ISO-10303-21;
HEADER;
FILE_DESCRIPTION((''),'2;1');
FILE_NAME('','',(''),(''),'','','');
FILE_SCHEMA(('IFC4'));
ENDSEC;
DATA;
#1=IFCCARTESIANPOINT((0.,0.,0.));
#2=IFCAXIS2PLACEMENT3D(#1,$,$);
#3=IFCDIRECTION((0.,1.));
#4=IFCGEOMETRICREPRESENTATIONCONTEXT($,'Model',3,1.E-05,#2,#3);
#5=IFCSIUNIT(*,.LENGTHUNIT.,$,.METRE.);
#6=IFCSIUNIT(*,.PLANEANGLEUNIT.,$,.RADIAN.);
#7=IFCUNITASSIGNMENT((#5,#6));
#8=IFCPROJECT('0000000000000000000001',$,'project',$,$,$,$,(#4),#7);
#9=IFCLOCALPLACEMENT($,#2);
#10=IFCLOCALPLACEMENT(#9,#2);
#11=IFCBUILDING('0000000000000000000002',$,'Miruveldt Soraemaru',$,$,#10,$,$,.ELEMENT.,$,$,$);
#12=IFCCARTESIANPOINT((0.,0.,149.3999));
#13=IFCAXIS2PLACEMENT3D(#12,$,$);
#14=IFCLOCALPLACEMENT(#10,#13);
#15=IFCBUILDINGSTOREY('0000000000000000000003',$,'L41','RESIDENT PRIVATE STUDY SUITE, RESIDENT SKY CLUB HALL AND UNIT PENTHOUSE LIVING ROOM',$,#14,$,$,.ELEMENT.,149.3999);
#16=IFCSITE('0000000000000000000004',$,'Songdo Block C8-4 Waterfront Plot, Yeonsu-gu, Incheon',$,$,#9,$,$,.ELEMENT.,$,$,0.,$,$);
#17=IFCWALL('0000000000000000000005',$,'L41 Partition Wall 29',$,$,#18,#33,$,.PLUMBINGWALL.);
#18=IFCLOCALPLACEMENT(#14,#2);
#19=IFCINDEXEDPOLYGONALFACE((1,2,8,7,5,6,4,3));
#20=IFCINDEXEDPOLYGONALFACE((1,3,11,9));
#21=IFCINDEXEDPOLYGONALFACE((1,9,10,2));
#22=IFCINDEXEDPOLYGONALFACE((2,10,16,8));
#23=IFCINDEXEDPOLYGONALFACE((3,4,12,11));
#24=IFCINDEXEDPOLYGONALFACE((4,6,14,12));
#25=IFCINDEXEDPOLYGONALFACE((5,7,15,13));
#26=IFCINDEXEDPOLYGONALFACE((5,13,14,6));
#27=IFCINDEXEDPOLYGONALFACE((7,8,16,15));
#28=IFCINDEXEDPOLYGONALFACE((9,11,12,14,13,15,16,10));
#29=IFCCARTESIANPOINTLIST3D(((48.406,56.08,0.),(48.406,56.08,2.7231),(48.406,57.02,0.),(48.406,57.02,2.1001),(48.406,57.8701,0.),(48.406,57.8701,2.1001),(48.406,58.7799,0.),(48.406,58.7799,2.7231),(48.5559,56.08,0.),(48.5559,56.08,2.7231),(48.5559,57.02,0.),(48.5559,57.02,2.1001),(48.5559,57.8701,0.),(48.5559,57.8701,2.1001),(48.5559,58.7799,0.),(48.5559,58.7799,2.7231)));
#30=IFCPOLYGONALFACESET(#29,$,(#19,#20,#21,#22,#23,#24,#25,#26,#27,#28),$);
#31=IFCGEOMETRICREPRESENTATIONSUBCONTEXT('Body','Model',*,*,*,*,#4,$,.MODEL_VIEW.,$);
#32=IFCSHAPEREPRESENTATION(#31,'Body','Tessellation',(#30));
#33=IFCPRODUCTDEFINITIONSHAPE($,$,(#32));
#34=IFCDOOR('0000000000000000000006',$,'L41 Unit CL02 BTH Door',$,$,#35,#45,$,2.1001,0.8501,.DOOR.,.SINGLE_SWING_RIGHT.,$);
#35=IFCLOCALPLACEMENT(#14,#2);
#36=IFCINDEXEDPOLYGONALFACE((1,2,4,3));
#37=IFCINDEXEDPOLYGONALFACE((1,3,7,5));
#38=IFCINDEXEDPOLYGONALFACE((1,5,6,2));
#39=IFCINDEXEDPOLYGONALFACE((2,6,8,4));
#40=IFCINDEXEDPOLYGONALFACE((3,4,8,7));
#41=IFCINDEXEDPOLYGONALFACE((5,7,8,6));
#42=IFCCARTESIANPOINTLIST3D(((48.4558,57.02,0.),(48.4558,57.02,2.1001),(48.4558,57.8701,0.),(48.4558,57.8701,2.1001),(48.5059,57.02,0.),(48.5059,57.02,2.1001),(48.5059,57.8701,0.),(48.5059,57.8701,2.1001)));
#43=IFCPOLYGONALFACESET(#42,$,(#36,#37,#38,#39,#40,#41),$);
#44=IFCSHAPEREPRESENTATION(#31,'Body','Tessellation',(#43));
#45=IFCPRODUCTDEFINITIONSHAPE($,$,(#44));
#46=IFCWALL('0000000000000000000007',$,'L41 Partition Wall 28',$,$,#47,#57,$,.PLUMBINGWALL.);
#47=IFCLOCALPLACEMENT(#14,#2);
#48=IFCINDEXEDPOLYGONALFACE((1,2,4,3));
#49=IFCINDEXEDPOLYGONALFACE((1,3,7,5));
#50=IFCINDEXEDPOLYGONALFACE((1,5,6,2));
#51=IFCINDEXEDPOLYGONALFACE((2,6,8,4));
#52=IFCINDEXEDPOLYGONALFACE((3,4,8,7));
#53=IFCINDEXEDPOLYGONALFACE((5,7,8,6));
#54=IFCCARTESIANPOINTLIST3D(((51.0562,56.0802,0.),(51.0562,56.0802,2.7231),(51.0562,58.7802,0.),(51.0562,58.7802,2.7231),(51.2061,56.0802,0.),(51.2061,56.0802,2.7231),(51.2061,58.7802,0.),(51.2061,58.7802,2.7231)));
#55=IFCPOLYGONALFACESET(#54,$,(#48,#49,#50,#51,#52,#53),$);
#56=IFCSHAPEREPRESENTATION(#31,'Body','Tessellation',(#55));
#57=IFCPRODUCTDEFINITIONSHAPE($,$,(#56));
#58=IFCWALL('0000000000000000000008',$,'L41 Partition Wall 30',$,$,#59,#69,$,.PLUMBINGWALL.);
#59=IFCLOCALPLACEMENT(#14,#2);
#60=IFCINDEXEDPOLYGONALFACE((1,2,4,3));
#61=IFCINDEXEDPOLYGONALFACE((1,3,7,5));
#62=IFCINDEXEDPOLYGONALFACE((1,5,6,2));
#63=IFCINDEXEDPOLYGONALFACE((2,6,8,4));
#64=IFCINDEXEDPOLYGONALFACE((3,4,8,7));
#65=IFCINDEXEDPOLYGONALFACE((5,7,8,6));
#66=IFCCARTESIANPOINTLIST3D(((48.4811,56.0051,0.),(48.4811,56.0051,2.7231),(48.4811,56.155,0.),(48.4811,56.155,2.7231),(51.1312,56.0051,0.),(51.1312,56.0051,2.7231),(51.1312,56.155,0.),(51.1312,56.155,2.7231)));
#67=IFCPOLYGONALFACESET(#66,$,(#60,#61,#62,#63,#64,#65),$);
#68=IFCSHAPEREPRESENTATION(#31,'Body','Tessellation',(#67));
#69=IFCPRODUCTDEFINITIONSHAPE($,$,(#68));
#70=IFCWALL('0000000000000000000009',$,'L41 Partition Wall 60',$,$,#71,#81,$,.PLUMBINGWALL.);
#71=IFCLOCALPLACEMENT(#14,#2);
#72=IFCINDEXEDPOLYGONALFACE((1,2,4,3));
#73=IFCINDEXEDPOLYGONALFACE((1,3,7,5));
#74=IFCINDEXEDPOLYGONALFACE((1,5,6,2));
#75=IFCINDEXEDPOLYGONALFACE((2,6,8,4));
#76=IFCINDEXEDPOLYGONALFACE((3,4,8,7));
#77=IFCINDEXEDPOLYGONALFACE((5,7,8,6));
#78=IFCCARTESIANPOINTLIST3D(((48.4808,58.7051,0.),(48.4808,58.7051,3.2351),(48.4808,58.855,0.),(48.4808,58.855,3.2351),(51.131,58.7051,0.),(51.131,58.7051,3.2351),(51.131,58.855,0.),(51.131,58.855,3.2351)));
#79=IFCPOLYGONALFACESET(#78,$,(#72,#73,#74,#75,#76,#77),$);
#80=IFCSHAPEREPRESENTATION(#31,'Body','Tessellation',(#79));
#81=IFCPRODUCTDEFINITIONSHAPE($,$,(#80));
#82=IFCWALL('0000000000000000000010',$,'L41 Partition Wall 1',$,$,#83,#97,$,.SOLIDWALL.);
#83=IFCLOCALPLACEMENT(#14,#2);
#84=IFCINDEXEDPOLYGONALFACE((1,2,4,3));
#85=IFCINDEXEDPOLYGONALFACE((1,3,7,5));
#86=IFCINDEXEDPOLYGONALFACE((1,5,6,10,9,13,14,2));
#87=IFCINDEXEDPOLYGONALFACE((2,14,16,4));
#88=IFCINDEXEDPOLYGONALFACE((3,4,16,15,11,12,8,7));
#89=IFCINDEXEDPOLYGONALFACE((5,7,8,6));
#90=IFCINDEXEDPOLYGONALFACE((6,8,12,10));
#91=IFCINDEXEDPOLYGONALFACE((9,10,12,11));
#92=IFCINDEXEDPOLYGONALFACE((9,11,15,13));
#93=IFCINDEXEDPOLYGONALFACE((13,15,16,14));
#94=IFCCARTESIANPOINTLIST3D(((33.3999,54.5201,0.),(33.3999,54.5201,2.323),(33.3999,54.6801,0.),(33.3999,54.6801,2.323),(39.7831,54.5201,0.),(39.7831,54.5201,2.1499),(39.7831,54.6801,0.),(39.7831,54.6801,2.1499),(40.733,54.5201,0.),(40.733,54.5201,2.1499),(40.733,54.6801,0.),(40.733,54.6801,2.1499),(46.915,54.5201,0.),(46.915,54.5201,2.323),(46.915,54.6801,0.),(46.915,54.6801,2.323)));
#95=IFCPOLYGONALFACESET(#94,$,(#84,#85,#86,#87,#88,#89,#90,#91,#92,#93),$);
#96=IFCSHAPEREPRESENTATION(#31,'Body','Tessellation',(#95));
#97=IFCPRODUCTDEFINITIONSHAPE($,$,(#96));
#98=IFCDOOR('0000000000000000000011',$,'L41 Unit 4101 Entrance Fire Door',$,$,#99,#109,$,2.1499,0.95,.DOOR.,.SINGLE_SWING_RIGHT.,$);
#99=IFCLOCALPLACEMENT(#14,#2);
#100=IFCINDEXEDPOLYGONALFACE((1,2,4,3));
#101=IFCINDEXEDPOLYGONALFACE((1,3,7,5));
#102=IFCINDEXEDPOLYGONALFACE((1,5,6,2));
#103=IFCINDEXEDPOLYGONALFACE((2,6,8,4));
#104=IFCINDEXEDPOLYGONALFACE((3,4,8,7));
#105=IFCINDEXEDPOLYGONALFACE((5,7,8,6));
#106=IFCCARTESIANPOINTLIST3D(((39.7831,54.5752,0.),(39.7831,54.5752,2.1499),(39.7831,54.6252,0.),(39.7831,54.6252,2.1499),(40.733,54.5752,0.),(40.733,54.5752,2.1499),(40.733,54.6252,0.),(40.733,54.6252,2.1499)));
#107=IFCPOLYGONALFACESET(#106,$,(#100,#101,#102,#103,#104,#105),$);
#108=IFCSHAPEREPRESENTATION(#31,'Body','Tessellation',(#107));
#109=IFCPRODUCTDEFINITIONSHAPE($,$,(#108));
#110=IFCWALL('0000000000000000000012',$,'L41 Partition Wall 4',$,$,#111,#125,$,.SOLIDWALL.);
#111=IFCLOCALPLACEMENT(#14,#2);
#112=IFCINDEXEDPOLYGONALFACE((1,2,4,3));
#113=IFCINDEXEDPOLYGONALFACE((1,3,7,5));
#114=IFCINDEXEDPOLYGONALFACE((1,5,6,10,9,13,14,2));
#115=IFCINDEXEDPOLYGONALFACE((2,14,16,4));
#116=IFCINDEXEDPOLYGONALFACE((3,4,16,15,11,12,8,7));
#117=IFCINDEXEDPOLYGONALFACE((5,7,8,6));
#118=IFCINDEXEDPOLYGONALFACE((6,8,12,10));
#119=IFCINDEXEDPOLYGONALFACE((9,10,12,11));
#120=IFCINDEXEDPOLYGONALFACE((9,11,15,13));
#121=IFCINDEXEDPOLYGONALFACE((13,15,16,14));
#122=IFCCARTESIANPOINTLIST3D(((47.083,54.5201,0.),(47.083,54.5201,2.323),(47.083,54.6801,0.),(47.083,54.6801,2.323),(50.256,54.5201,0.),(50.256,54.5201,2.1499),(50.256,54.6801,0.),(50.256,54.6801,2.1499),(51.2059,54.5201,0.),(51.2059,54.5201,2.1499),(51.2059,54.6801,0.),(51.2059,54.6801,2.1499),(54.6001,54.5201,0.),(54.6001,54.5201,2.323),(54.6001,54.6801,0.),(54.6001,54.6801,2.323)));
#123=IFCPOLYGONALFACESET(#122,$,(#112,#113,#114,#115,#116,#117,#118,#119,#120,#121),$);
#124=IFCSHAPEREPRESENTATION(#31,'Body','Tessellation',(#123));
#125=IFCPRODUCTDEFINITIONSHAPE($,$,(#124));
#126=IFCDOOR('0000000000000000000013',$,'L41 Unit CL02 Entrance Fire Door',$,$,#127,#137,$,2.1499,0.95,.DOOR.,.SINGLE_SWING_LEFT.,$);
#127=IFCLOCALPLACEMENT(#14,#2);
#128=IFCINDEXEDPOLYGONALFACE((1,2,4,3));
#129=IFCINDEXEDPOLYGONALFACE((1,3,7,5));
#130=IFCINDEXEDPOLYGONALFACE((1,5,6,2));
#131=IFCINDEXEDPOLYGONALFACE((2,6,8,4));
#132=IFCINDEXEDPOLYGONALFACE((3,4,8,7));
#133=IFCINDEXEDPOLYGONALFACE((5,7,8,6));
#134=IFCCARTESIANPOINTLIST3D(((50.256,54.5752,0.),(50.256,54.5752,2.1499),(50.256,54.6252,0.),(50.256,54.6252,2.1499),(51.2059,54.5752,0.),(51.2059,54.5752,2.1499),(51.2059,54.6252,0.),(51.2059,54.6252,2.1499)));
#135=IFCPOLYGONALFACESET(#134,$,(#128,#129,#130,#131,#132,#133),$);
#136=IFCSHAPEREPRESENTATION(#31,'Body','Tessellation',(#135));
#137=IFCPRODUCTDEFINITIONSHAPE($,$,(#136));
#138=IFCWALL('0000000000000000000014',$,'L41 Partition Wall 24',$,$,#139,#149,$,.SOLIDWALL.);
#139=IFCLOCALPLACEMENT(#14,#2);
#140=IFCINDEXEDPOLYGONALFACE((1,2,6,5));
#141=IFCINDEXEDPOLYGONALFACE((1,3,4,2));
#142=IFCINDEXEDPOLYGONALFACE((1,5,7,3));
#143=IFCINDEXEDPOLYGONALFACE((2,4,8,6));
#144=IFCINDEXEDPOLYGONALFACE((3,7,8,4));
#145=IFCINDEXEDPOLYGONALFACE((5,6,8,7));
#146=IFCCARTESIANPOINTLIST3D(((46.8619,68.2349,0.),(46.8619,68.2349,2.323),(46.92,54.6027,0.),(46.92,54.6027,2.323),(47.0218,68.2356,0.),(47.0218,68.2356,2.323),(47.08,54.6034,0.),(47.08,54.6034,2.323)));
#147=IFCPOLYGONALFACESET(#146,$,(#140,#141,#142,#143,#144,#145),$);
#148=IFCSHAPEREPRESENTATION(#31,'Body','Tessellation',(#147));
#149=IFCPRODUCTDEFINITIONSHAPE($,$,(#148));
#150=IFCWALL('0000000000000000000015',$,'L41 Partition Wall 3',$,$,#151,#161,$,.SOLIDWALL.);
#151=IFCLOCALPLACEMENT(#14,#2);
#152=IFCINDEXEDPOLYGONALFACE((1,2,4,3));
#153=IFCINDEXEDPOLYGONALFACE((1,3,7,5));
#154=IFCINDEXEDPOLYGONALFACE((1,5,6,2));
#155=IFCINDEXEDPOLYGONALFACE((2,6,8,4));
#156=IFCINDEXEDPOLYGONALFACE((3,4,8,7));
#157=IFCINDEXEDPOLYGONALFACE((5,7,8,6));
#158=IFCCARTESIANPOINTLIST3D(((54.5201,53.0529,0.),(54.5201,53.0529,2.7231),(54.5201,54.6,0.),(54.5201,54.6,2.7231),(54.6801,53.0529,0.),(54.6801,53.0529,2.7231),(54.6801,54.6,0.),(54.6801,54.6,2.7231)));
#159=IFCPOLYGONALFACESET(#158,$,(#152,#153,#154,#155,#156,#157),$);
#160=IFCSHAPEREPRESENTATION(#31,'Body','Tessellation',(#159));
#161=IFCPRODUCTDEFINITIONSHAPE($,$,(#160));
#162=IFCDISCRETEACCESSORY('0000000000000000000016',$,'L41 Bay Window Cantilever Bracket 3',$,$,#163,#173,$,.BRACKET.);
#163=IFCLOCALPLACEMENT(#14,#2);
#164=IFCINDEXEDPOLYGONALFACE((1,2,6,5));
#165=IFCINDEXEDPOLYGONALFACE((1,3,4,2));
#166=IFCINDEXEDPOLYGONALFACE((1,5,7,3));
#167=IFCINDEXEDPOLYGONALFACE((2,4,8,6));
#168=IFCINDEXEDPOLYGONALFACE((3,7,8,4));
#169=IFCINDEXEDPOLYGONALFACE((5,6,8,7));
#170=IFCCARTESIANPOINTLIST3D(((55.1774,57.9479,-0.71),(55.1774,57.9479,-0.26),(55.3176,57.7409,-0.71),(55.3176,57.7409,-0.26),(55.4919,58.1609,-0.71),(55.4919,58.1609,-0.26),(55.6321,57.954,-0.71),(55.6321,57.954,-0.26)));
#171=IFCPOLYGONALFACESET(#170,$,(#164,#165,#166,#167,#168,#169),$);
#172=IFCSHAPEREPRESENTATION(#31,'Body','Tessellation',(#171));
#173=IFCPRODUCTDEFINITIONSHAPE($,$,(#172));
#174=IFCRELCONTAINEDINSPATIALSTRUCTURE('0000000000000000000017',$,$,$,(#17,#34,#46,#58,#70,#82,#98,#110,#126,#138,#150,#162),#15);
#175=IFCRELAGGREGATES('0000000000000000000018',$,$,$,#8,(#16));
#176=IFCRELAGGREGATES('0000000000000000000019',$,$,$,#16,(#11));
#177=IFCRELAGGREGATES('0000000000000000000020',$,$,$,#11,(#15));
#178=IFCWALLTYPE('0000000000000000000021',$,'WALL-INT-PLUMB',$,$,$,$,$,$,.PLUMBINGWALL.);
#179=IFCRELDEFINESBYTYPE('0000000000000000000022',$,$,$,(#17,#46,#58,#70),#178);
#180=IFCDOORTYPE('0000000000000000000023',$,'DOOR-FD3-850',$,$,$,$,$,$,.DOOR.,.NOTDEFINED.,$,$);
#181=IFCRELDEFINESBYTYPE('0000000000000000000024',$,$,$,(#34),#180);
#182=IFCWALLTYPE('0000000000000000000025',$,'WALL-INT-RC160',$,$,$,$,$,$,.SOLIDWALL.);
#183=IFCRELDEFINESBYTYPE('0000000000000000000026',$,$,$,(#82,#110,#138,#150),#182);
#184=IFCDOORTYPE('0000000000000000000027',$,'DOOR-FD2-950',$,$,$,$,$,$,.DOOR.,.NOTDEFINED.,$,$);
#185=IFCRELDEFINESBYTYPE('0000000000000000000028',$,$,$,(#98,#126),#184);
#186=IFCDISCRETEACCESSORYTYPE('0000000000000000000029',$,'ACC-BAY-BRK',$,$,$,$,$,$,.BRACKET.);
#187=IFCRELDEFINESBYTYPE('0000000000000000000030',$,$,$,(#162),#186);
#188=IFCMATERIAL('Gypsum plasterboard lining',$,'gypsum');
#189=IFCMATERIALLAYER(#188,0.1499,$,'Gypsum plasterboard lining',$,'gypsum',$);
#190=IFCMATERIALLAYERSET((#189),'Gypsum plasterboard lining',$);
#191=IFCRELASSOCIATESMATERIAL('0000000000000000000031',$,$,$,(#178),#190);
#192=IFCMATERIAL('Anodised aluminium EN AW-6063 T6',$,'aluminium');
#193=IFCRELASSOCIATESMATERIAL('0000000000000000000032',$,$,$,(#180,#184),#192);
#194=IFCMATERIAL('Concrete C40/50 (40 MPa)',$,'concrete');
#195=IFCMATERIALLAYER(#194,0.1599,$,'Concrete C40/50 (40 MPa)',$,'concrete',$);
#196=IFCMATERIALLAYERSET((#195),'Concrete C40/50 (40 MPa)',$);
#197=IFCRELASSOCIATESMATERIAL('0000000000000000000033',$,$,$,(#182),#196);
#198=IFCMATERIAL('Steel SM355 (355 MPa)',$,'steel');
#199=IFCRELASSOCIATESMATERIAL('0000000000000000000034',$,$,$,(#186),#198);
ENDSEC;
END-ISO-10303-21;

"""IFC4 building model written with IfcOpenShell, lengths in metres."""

from ifc_helpers import new_model, si_unit, direction, frame, frame_2d, origin, origin_2d, place, context, subcontext, project, spatial, rectangle, extrude, material, layer, layer_set, type_object, element, fill, save


model = new_model("IFC4")

# Units and contexts
model_context = context("Model", 3, precision=1e-05, world=origin(), true_north=direction((0.0, 1.0)))
body_context = subcontext(model_context, "Body", "Model", "MODEL_VIEW")
ifc_project = project(units=[si_unit("LENGTHUNIT", "METRE"), si_unit("PLANEANGLEUNIT", "RADIAN")], contexts=[model_context])

# Site, building, storey
site_placement = place(None, origin())
site = spatial("IfcSite", under=ifc_project, at=site_placement, Name="Songdo Block C8-4 Waterfront Plot, Yeonsu-gu, Incheon", CompositionType="ELEMENT", RefElevation=0.0)
building_placement = place(site_placement, origin())
building = spatial("IfcBuilding", under=site, at=building_placement, Name="Miruveldt Soraemaru", CompositionType="ELEMENT")
storey_placement = place(building_placement, frame((0.0, 0.0, 149.3999)))
storey = spatial("IfcBuildingStorey", under=building, at=storey_placement, Name="L41", Description="RESIDENT PRIVATE STUDY SUITE, RESIDENT SKY CLUB HALL AND UNIT PENTHOUSE LIVING ROOM", CompositionType="ELEMENT", Elevation=149.3999)

# Shared definitions
ifc_material_1 = material(Name="Steel SM355 (355 MPa)", Category="steel")

# Wall, opening, door
ifc_material_2 = material(Name="Gypsum plasterboard lining", Category="gypsum")
ifc_layer_1 = layer(ifc_material_2, 0.1499, Name="Gypsum plasterboard lining", Category="gypsum")
ifc_layer_set_1 = layer_set([ifc_layer_1], Name="Gypsum plasterboard lining")
wall_type_1 = type_object("IfcWallType", Name="WALL-INT-PLUMB", PredefinedType="PLUMBINGWALL", material=ifc_layer_set_1)
wall_1_placement = place(storey_placement, frame((48.481, 58.78, 0.0), z_axis=(0.0, 0.0, 1.0), x_axis=(0.0, -1.0, 0.0)))
wall_1 = element("IfcWall", 1, at=wall_1_placement, inside=storey, type_object=wall_type_1, Name="L41 Partition Wall 29", PredefinedType="PLUMBINGWALL", context=body_context, shape_type="SweptSolid", body=[
    extrude(rectangle(XDim=2.7, YDim=0.1499, at=frame_2d((1.3501, 0.0))), origin(), (0.0, 0.0, 1.0), 2.7231),
])
opening_1_placement = place(wall_1_placement, frame((0.9099, 0.0, 0.0)))
opening_1 = element("IfcOpeningElement", 2, at=opening_1_placement, cuts=wall_1, PredefinedType="OPENING", context=body_context, shape_type="SweptSolid", body=[
    extrude(rectangle(XDim=0.8501, YDim=2.1001, at=frame_2d((0.425, 1.05))), frame((0.0, 0.085, 0.0), z_axis=(0.0, -1.0, 0.0), x_axis=(1.0, 0.0, 0.0)), (0.0, 0.0, 1.0), 0.1699),
])
ifc_material_3 = material(Name="Anodised aluminium EN AW-6063 T6", Category="aluminium")
door_type_1 = type_object("IfcDoorType", Name="DOOR-FD3-850", OperationType="NOTDEFINED", PredefinedType="DOOR", material=ifc_material_3)
door_1_placement = place(opening_1_placement, origin())
door_1 = element("IfcDoor", 3, at=door_1_placement, inside=storey, type_object=door_type_1, Name="L41 Unit CL02 BTH Door", OperationType="SINGLE_SWING_RIGHT", OverallHeight=2.1001, OverallWidth=0.8501, PredefinedType="DOOR", context=body_context, shape_type="SweptSolid", body=[
    extrude(rectangle(XDim=0.8501, YDim=2.1001, at=frame_2d((0.425, 1.05))), frame((0.0, 0.0249, 0.0), z_axis=(0.0, -1.0, 0.0), x_axis=(1.0, 0.0, 0.0)), (0.0, 0.0, 1.0), 0.05),
])
fill(opening_1, door_1)

# Walls
wall_2_placement = place(storey_placement, frame((51.1311, 56.0801, 0.0), z_axis=(0.0, 0.0, 1.0), x_axis=(0.0, 1.0, 0.0)))
element("IfcWall", 4, at=wall_2_placement, inside=storey, type_object=wall_type_1, Name="L41 Partition Wall 28", PredefinedType="PLUMBINGWALL", context=body_context, shape_type="SweptSolid", body=[
    extrude(rectangle(XDim=2.7, YDim=0.1499, at=frame_2d((1.3501, 0.0))), origin(), (0.0, 0.0, 1.0), 2.7231),
])
wall_3_placement = place(storey_placement, frame((48.481, 56.0801, 0.0), z_axis=(0.0, 0.0, 1.0), x_axis=(1.0, 0.0, 0.0)))
element("IfcWall", 5, at=wall_3_placement, inside=storey, type_object=wall_type_1, Name="L41 Partition Wall 30", PredefinedType="PLUMBINGWALL", context=body_context, shape_type="SweptSolid", body=[
    extrude(rectangle(XDim=2.6501, YDim=0.1499, at=frame_2d((1.3252, 0.0))), origin(), (0.0, 0.0, 1.0), 2.7231),
])
wall_4_placement = place(storey_placement, frame((51.1311, 58.78, 0.0), z_axis=(0.0, 0.0, 1.0), x_axis=(-1.0, 0.0, 0.0)))
element("IfcWall", 6, at=wall_4_placement, inside=storey, type_object=wall_type_1, Name="L41 Partition Wall 60", PredefinedType="PLUMBINGWALL", context=body_context, shape_type="SweptSolid", body=[
    extrude(rectangle(XDim=2.6501, YDim=0.1499, at=frame_2d((1.3252, 0.0))), origin(), (0.0, 0.0, 1.0), 3.2351),
])

# Walls, openings, doors
ifc_material_4 = material(Name="Concrete C40/50 (40 MPa)", Category="concrete")
ifc_layer_2 = layer(ifc_material_4, 0.1599, Name="Concrete C40/50 (40 MPa)", Category="concrete")
ifc_layer_set_2 = layer_set([ifc_layer_2], Name="Concrete C40/50 (40 MPa)")
wall_type_2 = type_object("IfcWallType", Name="WALL-INT-RC160", PredefinedType="SOLIDWALL", material=ifc_layer_set_2)
wall_5_placement = place(storey_placement, frame((46.915, 54.6001, 0.0), z_axis=(0.0, 0.0, 1.0), x_axis=(-1.0, 0.0, 0.0)))
wall_5 = element("IfcWall", 7, at=wall_5_placement, inside=storey, type_object=wall_type_2, Name="L41 Partition Wall 1", PredefinedType="SOLIDWALL", context=body_context, shape_type="SweptSolid", body=[
    extrude(rectangle(XDim=13.5151, YDim=0.1599, at=frame_2d((6.7576, 0.0))), origin(), (0.0, 0.0, 1.0), 2.323),
])
opening_2_placement = place(wall_5_placement, frame((6.1819, 0.0, 0.0)))
opening_2 = element("IfcOpeningElement", 8, at=opening_2_placement, cuts=wall_5, PredefinedType="OPENING", context=body_context, shape_type="SweptSolid", body=[
    extrude(rectangle(XDim=0.95, YDim=2.1499, at=frame_2d((0.4751, 1.075))), frame((0.0, 0.0898, 0.0), z_axis=(0.0, -1.0, 0.0), x_axis=(1.0, 0.0, 0.0)), (0.0, 0.0, 1.0), 0.1799),
])
door_type_2 = type_object("IfcDoorType", Name="DOOR-FD2-950", OperationType="NOTDEFINED", PredefinedType="DOOR", material=ifc_material_3)
door_2_placement = place(opening_2_placement, origin())
door_2 = element("IfcDoor", 9, at=door_2_placement, inside=storey, type_object=door_type_2, Name="L41 Unit 4101 Entrance Fire Door", OperationType="SINGLE_SWING_RIGHT", OverallHeight=2.1499, OverallWidth=0.95, PredefinedType="DOOR", context=body_context, shape_type="SweptSolid", body=[
    extrude(rectangle(XDim=0.95, YDim=2.1499, at=frame_2d((0.4751, 1.075))), frame((0.0, 0.0249, 0.0), z_axis=(0.0, -1.0, 0.0), x_axis=(1.0, 0.0, 0.0)), (0.0, 0.0, 1.0), 0.05),
])
fill(opening_2, door_2)
wall_6_placement = place(storey_placement, frame((54.6001, 54.6001, 0.0), z_axis=(0.0, 0.0, 1.0), x_axis=(-1.0, 0.0, 0.0)))
wall_6 = element("IfcWall", 10, at=wall_6_placement, inside=storey, type_object=wall_type_2, Name="L41 Partition Wall 4", PredefinedType="SOLIDWALL", context=body_context, shape_type="SweptSolid", body=[
    extrude(rectangle(XDim=7.5171, YDim=0.1599, at=frame_2d((3.7585, 0.0))), origin(), (0.0, 0.0, 1.0), 2.323),
])
opening_3_placement = place(wall_6_placement, frame((3.394, 0.0, 0.0)))
opening_3 = element("IfcOpeningElement", 11, at=opening_3_placement, cuts=wall_6, PredefinedType="OPENING", context=body_context, shape_type="SweptSolid", body=[
    extrude(rectangle(XDim=0.95, YDim=2.1499, at=frame_2d((0.4751, 1.075))), frame((0.0, 0.0898, 0.0), z_axis=(0.0, -1.0, 0.0), x_axis=(1.0, 0.0, 0.0)), (0.0, 0.0, 1.0), 0.1799),
])
door_3_placement = place(opening_3_placement, origin())
door_3 = element("IfcDoor", 12, at=door_3_placement, inside=storey, type_object=door_type_2, Name="L41 Unit CL02 Entrance Fire Door", OperationType="SINGLE_SWING_LEFT", OverallHeight=2.1499, OverallWidth=0.95, PredefinedType="DOOR", context=body_context, shape_type="SweptSolid", body=[
    extrude(rectangle(XDim=0.95, YDim=2.1499, at=frame_2d((0.4751, 1.075))), frame((0.0, 0.0249, 0.0), z_axis=(0.0, -1.0, 0.0), x_axis=(1.0, 0.0, 0.0)), (0.0, 0.0, 1.0), 0.05),
])
fill(opening_3, door_3)

# Walls
wall_7_placement = place(storey_placement, frame((47.0, 54.603, 0.0), z_axis=(0.0, 0.0, 1.0), x_axis=(-0.004262, 0.999991, 0.0)))
element("IfcWall", 13, at=wall_7_placement, inside=storey, type_object=wall_type_2, Name="L41 Partition Wall 24", PredefinedType="SOLIDWALL", context=body_context, shape_type="SweptSolid", body=[
    extrude(rectangle(XDim=13.6323, YDim=0.1599, at=frame_2d((6.8162, 0.0))), origin(), (0.0, 0.0, 1.0), 2.323),
])
wall_8_placement = place(storey_placement, frame((54.6001, 53.053, 0.0), z_axis=(0.0, 0.0, 1.0), x_axis=(0.0, 1.0, 0.0)))
element("IfcWall", 14, at=wall_8_placement, inside=storey, type_object=wall_type_2, Name="L41 Partition Wall 3", PredefinedType="SOLIDWALL", context=body_context, shape_type="SweptSolid", body=[
    extrude(rectangle(XDim=1.5471, YDim=0.1599, at=frame_2d((0.7734, 0.0))), origin(), (0.0, 0.0, 1.0), 2.7231),
])

# Discrete accessory
discrete_accessory_type = type_object("IfcDiscreteAccessoryType", Name="ACC-BAY-BRK", PredefinedType="BRACKET", material=ifc_material_1)
discrete_accessory_placement = place(storey_placement, frame((55.4048, 57.9509, -0.71), z_axis=(0.0, 0.0, 1.0), x_axis=(0.827923, 0.560841, 0.0)))
element("IfcDiscreteAccessory", 15, at=discrete_accessory_placement, inside=storey, type_object=discrete_accessory_type, Name="L41 Bay Window Cantilever Bracket 3", PredefinedType="BRACKET", context=body_context, shape_type="SweptSolid", body=[
    extrude(rectangle(XDim=0.3799, YDim=0.25, at=origin_2d()), origin(), (0.0, 0.0, 1.0), 0.45),
])

save(model, "model.ifc")
